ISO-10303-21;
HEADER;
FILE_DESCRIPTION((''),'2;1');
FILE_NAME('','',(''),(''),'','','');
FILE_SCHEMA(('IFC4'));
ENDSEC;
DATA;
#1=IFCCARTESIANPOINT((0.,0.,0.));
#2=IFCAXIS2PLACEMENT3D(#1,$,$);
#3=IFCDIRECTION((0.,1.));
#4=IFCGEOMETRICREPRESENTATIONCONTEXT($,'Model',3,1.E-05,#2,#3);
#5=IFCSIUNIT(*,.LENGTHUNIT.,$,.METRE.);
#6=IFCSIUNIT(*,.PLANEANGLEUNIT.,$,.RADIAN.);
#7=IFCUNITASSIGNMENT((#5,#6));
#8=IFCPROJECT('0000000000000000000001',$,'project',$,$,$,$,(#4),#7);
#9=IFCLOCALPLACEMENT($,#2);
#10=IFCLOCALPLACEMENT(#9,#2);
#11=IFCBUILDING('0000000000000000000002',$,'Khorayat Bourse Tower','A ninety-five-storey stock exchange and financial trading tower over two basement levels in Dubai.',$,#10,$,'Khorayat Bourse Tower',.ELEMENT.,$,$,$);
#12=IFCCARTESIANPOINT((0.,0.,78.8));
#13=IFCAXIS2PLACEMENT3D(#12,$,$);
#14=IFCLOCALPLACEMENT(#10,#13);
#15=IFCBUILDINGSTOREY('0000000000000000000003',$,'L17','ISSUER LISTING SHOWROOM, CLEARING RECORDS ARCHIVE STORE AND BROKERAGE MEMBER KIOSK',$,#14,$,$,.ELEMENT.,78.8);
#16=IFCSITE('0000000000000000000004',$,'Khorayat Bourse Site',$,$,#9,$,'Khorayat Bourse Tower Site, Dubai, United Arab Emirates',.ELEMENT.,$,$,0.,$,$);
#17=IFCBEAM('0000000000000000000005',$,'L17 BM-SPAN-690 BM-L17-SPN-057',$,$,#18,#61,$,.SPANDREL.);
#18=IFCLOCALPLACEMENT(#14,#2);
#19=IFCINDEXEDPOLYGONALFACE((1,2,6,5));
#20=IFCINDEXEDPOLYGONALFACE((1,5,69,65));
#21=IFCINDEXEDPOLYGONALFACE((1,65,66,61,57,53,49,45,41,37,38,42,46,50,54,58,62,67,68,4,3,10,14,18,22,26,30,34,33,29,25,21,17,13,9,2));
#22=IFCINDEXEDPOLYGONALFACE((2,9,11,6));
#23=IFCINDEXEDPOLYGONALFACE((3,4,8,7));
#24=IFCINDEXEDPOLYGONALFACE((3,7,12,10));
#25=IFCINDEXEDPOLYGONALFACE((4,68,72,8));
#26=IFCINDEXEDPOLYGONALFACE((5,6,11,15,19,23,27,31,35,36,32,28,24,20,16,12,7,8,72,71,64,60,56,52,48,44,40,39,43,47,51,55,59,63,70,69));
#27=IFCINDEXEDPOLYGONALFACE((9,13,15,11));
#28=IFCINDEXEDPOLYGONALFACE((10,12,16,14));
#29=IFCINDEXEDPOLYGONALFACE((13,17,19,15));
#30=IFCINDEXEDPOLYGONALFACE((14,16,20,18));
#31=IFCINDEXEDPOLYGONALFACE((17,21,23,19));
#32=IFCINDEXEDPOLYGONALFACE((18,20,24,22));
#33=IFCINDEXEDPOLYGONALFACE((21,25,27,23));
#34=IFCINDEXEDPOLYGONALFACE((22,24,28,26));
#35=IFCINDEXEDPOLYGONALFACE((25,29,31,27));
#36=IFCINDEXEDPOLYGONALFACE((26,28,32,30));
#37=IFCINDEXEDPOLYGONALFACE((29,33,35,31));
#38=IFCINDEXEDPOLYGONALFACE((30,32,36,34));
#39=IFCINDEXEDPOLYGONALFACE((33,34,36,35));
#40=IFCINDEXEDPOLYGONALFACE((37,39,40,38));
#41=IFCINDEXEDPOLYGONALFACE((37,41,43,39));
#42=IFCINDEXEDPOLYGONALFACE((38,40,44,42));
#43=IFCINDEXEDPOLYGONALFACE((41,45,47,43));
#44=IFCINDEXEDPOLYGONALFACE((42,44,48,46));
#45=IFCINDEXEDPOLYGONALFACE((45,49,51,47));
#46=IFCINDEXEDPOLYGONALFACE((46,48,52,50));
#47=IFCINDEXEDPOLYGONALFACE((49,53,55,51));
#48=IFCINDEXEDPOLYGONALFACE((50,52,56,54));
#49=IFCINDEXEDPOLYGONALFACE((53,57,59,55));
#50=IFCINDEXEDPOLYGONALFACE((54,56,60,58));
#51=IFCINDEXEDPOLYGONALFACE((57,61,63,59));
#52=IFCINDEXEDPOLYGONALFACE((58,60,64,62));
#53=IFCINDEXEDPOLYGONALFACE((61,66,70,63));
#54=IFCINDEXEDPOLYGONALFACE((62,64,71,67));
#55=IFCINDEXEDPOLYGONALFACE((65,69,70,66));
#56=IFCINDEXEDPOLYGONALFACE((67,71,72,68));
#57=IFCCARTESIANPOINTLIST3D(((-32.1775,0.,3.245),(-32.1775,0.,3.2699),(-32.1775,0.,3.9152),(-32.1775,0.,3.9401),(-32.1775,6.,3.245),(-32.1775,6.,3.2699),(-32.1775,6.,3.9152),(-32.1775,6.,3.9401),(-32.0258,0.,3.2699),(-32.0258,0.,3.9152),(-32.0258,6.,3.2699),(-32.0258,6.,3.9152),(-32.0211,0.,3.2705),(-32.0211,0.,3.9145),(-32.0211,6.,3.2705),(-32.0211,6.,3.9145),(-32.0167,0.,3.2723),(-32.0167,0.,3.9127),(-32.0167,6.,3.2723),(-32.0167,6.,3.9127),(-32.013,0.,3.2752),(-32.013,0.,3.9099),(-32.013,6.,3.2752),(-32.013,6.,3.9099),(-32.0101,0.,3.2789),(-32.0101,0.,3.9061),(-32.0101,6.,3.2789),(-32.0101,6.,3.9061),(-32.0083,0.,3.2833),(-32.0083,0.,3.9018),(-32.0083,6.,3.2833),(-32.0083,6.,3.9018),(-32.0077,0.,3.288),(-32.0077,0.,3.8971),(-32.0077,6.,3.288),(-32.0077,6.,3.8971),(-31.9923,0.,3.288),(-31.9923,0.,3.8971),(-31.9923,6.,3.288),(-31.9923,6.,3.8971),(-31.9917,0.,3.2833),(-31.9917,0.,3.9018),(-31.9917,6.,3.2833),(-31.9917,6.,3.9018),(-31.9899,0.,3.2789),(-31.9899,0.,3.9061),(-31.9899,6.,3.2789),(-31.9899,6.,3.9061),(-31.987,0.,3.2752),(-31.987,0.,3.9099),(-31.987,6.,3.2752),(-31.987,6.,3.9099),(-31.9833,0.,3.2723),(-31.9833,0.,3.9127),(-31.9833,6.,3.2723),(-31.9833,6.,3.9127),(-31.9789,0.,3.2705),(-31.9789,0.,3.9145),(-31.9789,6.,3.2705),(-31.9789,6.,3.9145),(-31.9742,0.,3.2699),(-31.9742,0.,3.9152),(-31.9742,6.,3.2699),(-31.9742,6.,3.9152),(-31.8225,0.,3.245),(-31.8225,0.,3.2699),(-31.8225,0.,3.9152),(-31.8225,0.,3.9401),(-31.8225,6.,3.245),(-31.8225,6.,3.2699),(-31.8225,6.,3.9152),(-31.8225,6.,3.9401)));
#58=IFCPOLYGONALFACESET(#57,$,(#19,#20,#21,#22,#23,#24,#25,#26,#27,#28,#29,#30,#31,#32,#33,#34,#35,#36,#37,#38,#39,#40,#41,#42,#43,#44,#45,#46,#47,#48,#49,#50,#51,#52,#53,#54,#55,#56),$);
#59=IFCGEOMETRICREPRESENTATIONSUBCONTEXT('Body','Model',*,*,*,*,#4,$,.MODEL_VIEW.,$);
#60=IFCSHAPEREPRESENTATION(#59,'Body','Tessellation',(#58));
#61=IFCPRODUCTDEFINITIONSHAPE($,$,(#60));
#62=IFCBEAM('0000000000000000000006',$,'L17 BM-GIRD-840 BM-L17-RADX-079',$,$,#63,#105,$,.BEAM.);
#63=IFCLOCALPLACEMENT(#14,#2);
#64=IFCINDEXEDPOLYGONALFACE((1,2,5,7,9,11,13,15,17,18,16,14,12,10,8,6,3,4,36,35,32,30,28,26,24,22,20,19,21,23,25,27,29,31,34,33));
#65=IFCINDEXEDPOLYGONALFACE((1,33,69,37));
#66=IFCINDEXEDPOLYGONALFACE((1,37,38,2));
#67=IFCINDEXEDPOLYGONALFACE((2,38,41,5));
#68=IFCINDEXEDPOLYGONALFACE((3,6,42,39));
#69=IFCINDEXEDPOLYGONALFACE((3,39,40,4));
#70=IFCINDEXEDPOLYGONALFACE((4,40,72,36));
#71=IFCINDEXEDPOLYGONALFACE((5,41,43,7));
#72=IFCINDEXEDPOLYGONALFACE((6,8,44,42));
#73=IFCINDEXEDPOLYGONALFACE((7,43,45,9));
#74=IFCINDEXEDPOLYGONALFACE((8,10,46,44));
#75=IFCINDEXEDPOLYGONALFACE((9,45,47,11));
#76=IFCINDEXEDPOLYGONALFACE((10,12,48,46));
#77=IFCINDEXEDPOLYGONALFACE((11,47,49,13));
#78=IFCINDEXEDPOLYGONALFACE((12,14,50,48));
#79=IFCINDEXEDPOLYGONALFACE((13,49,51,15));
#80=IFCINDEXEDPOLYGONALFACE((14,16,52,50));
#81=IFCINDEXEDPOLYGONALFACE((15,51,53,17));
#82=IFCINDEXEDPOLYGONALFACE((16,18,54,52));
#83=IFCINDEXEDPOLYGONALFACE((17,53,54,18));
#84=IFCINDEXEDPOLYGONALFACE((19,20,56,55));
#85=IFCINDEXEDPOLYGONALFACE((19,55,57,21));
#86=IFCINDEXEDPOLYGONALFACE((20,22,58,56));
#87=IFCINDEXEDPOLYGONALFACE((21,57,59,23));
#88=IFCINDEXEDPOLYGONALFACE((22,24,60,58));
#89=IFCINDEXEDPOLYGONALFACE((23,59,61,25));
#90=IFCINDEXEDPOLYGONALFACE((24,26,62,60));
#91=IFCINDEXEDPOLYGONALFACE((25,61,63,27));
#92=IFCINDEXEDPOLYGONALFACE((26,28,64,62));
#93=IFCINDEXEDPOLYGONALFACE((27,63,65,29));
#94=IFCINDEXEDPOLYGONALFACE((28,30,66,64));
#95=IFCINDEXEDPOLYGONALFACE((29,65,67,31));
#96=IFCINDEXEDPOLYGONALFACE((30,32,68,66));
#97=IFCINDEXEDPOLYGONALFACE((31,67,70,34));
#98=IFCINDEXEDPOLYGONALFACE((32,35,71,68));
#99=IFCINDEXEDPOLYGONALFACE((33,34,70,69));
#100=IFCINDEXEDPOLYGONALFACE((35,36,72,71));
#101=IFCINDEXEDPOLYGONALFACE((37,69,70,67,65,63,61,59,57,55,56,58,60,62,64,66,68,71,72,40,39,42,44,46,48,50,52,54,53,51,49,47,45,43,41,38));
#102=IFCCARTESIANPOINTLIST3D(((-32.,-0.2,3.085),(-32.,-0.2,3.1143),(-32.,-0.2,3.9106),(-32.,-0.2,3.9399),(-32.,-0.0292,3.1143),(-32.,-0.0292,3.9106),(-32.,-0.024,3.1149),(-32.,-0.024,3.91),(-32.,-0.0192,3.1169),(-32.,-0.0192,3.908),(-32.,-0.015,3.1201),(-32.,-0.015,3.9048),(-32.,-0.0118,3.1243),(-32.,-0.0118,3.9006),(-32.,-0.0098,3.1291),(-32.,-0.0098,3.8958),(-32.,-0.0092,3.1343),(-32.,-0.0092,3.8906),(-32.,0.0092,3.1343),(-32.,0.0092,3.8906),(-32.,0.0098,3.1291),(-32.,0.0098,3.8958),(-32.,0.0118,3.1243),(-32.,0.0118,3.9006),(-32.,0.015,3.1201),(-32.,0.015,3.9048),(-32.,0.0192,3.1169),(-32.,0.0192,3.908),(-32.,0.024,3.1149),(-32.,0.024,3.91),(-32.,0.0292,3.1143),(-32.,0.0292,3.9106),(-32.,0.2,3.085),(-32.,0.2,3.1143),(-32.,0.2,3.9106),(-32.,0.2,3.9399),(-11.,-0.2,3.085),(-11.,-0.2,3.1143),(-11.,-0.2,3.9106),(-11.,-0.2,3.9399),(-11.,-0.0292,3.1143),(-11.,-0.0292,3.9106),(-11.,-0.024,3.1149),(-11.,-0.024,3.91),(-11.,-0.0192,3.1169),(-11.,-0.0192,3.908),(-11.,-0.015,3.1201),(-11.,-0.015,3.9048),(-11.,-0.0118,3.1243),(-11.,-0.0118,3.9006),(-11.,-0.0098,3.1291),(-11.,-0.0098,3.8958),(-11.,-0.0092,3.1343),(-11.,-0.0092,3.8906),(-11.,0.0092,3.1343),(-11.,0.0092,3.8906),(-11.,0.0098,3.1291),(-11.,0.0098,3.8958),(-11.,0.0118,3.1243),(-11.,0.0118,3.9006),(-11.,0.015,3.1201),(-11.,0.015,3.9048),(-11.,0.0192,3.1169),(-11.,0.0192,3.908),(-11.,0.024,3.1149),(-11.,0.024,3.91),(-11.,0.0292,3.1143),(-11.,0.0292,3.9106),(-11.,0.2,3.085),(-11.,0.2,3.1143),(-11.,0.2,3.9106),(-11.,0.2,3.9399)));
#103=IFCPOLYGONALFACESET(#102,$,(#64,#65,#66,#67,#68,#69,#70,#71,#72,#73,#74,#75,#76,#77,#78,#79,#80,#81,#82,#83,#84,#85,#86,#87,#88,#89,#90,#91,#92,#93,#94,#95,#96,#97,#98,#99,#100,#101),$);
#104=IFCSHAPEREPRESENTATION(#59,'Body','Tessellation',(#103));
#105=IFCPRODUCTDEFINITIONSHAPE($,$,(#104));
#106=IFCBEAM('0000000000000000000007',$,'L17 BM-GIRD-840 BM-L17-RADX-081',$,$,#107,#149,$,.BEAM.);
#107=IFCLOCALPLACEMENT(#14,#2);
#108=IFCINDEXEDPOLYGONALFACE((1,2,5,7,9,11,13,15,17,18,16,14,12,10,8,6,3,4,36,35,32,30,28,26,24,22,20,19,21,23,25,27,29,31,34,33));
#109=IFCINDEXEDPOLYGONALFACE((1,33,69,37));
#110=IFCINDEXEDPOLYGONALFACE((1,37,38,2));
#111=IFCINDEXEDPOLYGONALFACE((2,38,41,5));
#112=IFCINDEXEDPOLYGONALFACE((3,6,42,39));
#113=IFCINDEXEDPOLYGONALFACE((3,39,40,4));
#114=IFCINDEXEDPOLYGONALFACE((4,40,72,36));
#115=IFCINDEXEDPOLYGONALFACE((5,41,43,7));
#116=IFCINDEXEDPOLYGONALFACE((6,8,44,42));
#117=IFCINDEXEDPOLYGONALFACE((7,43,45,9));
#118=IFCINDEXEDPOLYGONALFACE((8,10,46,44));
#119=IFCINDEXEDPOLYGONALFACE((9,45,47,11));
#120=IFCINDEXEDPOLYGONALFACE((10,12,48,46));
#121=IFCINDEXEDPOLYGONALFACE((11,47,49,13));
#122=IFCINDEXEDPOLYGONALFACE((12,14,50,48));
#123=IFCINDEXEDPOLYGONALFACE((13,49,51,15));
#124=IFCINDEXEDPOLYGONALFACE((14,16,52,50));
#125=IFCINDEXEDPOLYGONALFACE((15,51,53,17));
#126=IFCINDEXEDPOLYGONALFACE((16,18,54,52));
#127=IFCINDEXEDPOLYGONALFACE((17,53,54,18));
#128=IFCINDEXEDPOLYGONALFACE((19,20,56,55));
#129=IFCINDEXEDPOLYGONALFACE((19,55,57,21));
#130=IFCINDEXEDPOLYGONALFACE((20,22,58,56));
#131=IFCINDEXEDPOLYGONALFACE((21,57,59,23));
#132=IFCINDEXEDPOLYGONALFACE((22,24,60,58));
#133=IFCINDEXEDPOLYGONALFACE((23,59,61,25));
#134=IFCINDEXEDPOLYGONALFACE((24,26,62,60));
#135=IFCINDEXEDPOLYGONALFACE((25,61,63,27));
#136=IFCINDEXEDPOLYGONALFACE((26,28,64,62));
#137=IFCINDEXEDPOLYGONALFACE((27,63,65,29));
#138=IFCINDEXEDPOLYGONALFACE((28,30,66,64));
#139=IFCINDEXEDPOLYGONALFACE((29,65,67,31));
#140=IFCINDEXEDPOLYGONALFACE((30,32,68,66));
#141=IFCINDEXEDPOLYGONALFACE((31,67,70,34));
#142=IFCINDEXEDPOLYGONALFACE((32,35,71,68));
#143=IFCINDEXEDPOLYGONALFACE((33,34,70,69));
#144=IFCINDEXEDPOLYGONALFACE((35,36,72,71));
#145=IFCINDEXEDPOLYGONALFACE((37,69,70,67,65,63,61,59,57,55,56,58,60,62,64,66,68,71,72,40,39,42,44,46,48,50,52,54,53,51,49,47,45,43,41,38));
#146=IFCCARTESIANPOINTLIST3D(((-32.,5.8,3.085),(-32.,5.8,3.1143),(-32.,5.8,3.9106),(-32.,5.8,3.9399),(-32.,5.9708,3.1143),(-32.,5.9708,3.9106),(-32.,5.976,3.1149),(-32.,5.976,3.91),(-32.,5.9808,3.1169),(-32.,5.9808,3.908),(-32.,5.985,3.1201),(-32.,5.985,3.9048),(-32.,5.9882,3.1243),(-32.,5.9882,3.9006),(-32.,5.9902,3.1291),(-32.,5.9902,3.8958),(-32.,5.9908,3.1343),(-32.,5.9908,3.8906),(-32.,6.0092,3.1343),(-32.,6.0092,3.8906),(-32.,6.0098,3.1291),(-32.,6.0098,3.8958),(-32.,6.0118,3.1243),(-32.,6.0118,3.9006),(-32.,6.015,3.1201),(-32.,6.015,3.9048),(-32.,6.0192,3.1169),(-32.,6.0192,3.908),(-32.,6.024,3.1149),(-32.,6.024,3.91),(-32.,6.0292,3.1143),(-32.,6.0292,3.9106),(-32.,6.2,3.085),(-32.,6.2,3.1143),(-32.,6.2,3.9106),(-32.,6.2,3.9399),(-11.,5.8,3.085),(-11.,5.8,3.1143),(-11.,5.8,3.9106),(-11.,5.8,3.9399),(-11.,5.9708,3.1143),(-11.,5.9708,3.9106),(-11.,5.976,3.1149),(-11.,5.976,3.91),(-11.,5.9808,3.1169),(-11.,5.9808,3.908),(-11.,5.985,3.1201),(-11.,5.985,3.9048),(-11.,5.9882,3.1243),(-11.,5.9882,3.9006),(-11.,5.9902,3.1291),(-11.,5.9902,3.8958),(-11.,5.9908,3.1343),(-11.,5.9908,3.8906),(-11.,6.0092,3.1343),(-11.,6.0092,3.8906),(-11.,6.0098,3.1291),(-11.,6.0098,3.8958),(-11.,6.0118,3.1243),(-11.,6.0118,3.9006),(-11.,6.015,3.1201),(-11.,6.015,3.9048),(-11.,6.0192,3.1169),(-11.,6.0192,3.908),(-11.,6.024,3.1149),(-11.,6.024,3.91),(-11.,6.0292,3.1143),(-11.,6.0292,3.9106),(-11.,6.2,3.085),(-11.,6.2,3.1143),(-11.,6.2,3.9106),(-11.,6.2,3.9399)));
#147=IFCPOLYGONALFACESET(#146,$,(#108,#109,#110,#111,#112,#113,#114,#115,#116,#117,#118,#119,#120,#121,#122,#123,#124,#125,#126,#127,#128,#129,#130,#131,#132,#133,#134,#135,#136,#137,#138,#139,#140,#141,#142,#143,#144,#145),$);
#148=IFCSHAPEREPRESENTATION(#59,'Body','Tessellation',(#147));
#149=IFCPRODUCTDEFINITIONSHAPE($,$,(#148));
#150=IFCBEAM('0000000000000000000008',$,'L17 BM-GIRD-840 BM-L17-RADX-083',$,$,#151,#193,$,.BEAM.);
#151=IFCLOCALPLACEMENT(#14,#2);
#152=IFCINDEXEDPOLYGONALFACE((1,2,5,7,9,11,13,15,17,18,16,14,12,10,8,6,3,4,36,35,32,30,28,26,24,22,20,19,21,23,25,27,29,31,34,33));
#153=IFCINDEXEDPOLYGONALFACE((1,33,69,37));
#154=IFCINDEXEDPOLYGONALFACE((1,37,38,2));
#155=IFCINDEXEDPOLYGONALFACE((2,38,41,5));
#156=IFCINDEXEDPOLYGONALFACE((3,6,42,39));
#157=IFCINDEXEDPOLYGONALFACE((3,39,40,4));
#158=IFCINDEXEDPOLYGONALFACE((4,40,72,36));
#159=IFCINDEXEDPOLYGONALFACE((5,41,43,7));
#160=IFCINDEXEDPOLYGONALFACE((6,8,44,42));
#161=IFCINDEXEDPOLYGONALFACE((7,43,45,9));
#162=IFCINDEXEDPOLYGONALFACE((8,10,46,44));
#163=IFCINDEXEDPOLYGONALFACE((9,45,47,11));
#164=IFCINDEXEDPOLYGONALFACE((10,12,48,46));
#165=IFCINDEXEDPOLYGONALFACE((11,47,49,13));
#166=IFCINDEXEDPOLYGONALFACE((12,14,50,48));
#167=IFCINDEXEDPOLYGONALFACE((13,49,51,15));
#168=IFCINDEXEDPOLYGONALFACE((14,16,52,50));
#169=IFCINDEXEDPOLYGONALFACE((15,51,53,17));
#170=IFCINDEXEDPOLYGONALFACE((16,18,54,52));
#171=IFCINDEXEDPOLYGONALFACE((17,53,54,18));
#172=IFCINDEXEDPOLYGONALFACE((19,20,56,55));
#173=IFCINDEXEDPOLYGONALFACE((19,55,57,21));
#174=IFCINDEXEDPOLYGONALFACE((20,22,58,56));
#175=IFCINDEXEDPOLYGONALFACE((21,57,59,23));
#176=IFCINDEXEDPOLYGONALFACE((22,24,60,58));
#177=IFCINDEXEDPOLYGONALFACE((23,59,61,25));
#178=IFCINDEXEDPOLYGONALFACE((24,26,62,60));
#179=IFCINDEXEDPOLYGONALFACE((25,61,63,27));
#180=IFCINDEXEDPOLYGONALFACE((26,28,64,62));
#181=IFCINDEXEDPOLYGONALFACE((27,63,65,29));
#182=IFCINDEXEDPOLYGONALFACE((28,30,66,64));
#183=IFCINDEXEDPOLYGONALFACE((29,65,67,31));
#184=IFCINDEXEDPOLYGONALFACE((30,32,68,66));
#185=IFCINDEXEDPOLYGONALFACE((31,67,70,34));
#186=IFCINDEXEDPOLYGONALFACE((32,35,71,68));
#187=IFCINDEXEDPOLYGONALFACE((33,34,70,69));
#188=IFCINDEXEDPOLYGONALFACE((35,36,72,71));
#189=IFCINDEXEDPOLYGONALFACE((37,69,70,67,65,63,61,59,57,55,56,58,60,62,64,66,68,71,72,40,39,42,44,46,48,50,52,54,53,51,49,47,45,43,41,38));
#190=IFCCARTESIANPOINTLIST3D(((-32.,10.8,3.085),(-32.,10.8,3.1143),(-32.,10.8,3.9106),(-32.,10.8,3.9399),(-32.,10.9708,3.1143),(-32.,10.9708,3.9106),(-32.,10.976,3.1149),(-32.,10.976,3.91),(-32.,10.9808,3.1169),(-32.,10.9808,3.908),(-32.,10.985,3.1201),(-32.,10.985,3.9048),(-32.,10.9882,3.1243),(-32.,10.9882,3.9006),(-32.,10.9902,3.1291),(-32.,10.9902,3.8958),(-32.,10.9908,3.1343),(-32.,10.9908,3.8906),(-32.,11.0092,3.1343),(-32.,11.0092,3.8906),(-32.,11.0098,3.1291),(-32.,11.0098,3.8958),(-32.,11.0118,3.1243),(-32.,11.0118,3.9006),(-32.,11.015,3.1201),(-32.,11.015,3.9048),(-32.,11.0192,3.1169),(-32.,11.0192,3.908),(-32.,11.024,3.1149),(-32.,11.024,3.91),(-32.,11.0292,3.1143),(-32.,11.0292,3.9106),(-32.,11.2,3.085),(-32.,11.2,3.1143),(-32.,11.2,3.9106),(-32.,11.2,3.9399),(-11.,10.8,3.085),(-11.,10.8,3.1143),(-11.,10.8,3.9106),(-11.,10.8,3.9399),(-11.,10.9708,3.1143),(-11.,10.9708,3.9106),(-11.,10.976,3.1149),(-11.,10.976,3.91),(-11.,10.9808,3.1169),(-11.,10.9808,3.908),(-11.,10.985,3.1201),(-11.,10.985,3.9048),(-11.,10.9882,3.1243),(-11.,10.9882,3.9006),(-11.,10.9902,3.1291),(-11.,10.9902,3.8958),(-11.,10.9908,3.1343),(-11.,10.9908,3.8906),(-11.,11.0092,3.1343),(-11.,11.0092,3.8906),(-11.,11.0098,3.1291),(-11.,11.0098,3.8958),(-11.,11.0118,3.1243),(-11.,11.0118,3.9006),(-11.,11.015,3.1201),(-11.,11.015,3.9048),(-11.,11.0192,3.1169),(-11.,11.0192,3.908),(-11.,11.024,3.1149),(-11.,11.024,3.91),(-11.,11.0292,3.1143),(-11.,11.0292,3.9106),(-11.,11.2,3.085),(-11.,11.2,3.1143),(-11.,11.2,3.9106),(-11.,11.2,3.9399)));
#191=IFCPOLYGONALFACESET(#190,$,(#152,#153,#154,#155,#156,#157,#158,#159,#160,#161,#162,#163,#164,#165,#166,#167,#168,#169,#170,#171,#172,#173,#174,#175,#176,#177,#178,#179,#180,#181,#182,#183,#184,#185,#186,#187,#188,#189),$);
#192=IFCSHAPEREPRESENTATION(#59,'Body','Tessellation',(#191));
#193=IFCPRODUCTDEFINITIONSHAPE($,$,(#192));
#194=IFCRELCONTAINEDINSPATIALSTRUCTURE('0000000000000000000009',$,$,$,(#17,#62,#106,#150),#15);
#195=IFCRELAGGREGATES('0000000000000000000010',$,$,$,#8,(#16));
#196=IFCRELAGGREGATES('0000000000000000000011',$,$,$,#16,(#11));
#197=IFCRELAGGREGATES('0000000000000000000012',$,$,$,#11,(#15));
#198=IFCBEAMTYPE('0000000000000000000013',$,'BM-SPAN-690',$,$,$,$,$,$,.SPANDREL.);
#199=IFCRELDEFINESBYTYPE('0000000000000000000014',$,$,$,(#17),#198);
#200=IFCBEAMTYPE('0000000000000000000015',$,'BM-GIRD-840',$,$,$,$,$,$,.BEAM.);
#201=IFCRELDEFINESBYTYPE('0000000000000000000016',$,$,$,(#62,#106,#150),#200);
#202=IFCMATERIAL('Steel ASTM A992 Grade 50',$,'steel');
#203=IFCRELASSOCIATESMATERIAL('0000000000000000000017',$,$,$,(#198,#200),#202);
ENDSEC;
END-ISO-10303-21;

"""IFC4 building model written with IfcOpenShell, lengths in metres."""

from ifc_helpers import new_model, si_unit, direction, frame, origin, origin_2d, place, context, subcontext, project, spatial, i_section, extrude, source, transform, mapped, material, material_profile, profile_set, type_object, element, save


model = new_model("IFC4")

# Units and contexts
model_context = context("Model", 3, precision=1e-05, world=origin(), true_north=direction((0.0, 1.0)))
body_context = subcontext(model_context, "Body", "Model", "MODEL_VIEW")
ifc_project = project(units=[si_unit("LENGTHUNIT", "METRE"), si_unit("PLANEANGLEUNIT", "RADIAN")], contexts=[model_context])

# Site, building, storey
site_placement = place(None, origin())
site = spatial("IfcSite", under=ifc_project, at=site_placement, Name="Khorayat Bourse Site", LongName="Khorayat Bourse Tower Site, Dubai, United Arab Emirates", CompositionType="ELEMENT", RefElevation=0.0)
building_placement = place(site_placement, origin())
building = spatial("IfcBuilding", under=site, at=building_placement, Name="Khorayat Bourse Tower", Description="A ninety-five-storey stock exchange and financial trading tower over two basement levels in Dubai.", LongName="Khorayat Bourse Tower", CompositionType="ELEMENT")
storey_placement = place(building_placement, frame((0.0, 0.0, 78.8)))
storey = spatial("IfcBuildingStorey", under=building, at=storey_placement, Name="L17", Description="ISSUER LISTING SHOWROOM, CLEARING RECORDS ARCHIVE STORE AND BROKERAGE MEMBER KIOSK", CompositionType="ELEMENT", Elevation=78.8)

# Beams
ifc_material_1 = material(Name="Steel ASTM A992 Grade 50", Category="steel")
ifc_material_profile_1 = material_profile(ifc_material_1, i_section(OverallWidth=0.355, OverallDepth=0.6951, WebThickness=0.0154, FlangeThickness=0.0249, FilletRadius=0.0181, at=origin_2d()), Name="W690X217")
ifc_profile_set_1 = profile_set([ifc_material_profile_1], Name="Steel ASTM A992 Grade 50")
beam_type_1 = type_object("IfcBeamType", Name="BM-SPAN-690", PredefinedType="SPANDREL", material=ifc_profile_set_1)
shared_shape_1 = source(origin(), body_context, "Body", "SweptSolid", [
    extrude(i_section(OverallWidth=0.355, OverallDepth=0.6951, WebThickness=0.0154, FlangeThickness=0.0249, FilletRadius=0.0181, at=origin_2d()), origin(), (0.0, 0.0, 1.0), 6.0),
])
beam_1_placement = place(storey_placement, frame((-32.0, 0.0, 3.5925), z_axis=(0.0, 1.0, 0.0), x_axis=(-1.0, 0.0, 0.0)))
element("IfcBeam", 1, at=beam_1_placement, inside=storey, type_object=beam_type_1, Name="L17 BM-SPAN-690 BM-L17-SPN-057", PredefinedType="SPANDREL", context=body_context, shape_type="MappedRepresentation", body=[
    mapped(shared_shape_1, transform((0.0, 0.0, 0.0), scale=1.0)),
])
ifc_material_profile_2 = material_profile(ifc_material_1, i_section(OverallWidth=0.3999, OverallDepth=0.855, WebThickness=0.0183, FlangeThickness=0.0293, FilletRadius=0.02, at=origin_2d()), Name="W840X299")
ifc_profile_set_2 = profile_set([ifc_material_profile_2], Name="Steel ASTM A992 Grade 50")
beam_type_2 = type_object("IfcBeamType", Name="BM-GIRD-840", PredefinedType="BEAM", material=ifc_profile_set_2)
shared_shape_2 = source(origin(), body_context, "Body", "SweptSolid", [
    extrude(i_section(OverallWidth=0.3999, OverallDepth=0.855, WebThickness=0.0183, FlangeThickness=0.0293, FilletRadius=0.02, at=origin_2d()), origin(), (0.0, 0.0, 1.0), 21.0),
])
for number, where, z_axis, x_axis, name in (
    (2, (-32.0, 0.0, 3.5125), (1.0, 0.0, 0.0), (0.0, 1.0, 0.0), "L17 BM-GIRD-840 BM-L17-RADX-079"),
    (3, (-32.0, 6.0, 3.5125), (1.0, 0.0, 0.0), (0.0, 1.0, 0.0), "L17 BM-GIRD-840 BM-L17-RADX-081"),
    (4, (-32.0, 11.0, 3.5125), (1.0, 0.0, 0.0), (0.0, 1.0, 0.0), "L17 BM-GIRD-840 BM-L17-RADX-083"),
):
    element("IfcBeam", number, at=place(storey_placement, frame(where, z_axis=z_axis, x_axis=x_axis)), inside=storey, type_object=beam_type_2, Name=name, PredefinedType="BEAM", context=body_context, shape_type="MappedRepresentation", body=[
        mapped(shared_shape_2, transform((0.0, 0.0, 0.0), scale=1.0)),
    ])

save(model, "model.ifc")
